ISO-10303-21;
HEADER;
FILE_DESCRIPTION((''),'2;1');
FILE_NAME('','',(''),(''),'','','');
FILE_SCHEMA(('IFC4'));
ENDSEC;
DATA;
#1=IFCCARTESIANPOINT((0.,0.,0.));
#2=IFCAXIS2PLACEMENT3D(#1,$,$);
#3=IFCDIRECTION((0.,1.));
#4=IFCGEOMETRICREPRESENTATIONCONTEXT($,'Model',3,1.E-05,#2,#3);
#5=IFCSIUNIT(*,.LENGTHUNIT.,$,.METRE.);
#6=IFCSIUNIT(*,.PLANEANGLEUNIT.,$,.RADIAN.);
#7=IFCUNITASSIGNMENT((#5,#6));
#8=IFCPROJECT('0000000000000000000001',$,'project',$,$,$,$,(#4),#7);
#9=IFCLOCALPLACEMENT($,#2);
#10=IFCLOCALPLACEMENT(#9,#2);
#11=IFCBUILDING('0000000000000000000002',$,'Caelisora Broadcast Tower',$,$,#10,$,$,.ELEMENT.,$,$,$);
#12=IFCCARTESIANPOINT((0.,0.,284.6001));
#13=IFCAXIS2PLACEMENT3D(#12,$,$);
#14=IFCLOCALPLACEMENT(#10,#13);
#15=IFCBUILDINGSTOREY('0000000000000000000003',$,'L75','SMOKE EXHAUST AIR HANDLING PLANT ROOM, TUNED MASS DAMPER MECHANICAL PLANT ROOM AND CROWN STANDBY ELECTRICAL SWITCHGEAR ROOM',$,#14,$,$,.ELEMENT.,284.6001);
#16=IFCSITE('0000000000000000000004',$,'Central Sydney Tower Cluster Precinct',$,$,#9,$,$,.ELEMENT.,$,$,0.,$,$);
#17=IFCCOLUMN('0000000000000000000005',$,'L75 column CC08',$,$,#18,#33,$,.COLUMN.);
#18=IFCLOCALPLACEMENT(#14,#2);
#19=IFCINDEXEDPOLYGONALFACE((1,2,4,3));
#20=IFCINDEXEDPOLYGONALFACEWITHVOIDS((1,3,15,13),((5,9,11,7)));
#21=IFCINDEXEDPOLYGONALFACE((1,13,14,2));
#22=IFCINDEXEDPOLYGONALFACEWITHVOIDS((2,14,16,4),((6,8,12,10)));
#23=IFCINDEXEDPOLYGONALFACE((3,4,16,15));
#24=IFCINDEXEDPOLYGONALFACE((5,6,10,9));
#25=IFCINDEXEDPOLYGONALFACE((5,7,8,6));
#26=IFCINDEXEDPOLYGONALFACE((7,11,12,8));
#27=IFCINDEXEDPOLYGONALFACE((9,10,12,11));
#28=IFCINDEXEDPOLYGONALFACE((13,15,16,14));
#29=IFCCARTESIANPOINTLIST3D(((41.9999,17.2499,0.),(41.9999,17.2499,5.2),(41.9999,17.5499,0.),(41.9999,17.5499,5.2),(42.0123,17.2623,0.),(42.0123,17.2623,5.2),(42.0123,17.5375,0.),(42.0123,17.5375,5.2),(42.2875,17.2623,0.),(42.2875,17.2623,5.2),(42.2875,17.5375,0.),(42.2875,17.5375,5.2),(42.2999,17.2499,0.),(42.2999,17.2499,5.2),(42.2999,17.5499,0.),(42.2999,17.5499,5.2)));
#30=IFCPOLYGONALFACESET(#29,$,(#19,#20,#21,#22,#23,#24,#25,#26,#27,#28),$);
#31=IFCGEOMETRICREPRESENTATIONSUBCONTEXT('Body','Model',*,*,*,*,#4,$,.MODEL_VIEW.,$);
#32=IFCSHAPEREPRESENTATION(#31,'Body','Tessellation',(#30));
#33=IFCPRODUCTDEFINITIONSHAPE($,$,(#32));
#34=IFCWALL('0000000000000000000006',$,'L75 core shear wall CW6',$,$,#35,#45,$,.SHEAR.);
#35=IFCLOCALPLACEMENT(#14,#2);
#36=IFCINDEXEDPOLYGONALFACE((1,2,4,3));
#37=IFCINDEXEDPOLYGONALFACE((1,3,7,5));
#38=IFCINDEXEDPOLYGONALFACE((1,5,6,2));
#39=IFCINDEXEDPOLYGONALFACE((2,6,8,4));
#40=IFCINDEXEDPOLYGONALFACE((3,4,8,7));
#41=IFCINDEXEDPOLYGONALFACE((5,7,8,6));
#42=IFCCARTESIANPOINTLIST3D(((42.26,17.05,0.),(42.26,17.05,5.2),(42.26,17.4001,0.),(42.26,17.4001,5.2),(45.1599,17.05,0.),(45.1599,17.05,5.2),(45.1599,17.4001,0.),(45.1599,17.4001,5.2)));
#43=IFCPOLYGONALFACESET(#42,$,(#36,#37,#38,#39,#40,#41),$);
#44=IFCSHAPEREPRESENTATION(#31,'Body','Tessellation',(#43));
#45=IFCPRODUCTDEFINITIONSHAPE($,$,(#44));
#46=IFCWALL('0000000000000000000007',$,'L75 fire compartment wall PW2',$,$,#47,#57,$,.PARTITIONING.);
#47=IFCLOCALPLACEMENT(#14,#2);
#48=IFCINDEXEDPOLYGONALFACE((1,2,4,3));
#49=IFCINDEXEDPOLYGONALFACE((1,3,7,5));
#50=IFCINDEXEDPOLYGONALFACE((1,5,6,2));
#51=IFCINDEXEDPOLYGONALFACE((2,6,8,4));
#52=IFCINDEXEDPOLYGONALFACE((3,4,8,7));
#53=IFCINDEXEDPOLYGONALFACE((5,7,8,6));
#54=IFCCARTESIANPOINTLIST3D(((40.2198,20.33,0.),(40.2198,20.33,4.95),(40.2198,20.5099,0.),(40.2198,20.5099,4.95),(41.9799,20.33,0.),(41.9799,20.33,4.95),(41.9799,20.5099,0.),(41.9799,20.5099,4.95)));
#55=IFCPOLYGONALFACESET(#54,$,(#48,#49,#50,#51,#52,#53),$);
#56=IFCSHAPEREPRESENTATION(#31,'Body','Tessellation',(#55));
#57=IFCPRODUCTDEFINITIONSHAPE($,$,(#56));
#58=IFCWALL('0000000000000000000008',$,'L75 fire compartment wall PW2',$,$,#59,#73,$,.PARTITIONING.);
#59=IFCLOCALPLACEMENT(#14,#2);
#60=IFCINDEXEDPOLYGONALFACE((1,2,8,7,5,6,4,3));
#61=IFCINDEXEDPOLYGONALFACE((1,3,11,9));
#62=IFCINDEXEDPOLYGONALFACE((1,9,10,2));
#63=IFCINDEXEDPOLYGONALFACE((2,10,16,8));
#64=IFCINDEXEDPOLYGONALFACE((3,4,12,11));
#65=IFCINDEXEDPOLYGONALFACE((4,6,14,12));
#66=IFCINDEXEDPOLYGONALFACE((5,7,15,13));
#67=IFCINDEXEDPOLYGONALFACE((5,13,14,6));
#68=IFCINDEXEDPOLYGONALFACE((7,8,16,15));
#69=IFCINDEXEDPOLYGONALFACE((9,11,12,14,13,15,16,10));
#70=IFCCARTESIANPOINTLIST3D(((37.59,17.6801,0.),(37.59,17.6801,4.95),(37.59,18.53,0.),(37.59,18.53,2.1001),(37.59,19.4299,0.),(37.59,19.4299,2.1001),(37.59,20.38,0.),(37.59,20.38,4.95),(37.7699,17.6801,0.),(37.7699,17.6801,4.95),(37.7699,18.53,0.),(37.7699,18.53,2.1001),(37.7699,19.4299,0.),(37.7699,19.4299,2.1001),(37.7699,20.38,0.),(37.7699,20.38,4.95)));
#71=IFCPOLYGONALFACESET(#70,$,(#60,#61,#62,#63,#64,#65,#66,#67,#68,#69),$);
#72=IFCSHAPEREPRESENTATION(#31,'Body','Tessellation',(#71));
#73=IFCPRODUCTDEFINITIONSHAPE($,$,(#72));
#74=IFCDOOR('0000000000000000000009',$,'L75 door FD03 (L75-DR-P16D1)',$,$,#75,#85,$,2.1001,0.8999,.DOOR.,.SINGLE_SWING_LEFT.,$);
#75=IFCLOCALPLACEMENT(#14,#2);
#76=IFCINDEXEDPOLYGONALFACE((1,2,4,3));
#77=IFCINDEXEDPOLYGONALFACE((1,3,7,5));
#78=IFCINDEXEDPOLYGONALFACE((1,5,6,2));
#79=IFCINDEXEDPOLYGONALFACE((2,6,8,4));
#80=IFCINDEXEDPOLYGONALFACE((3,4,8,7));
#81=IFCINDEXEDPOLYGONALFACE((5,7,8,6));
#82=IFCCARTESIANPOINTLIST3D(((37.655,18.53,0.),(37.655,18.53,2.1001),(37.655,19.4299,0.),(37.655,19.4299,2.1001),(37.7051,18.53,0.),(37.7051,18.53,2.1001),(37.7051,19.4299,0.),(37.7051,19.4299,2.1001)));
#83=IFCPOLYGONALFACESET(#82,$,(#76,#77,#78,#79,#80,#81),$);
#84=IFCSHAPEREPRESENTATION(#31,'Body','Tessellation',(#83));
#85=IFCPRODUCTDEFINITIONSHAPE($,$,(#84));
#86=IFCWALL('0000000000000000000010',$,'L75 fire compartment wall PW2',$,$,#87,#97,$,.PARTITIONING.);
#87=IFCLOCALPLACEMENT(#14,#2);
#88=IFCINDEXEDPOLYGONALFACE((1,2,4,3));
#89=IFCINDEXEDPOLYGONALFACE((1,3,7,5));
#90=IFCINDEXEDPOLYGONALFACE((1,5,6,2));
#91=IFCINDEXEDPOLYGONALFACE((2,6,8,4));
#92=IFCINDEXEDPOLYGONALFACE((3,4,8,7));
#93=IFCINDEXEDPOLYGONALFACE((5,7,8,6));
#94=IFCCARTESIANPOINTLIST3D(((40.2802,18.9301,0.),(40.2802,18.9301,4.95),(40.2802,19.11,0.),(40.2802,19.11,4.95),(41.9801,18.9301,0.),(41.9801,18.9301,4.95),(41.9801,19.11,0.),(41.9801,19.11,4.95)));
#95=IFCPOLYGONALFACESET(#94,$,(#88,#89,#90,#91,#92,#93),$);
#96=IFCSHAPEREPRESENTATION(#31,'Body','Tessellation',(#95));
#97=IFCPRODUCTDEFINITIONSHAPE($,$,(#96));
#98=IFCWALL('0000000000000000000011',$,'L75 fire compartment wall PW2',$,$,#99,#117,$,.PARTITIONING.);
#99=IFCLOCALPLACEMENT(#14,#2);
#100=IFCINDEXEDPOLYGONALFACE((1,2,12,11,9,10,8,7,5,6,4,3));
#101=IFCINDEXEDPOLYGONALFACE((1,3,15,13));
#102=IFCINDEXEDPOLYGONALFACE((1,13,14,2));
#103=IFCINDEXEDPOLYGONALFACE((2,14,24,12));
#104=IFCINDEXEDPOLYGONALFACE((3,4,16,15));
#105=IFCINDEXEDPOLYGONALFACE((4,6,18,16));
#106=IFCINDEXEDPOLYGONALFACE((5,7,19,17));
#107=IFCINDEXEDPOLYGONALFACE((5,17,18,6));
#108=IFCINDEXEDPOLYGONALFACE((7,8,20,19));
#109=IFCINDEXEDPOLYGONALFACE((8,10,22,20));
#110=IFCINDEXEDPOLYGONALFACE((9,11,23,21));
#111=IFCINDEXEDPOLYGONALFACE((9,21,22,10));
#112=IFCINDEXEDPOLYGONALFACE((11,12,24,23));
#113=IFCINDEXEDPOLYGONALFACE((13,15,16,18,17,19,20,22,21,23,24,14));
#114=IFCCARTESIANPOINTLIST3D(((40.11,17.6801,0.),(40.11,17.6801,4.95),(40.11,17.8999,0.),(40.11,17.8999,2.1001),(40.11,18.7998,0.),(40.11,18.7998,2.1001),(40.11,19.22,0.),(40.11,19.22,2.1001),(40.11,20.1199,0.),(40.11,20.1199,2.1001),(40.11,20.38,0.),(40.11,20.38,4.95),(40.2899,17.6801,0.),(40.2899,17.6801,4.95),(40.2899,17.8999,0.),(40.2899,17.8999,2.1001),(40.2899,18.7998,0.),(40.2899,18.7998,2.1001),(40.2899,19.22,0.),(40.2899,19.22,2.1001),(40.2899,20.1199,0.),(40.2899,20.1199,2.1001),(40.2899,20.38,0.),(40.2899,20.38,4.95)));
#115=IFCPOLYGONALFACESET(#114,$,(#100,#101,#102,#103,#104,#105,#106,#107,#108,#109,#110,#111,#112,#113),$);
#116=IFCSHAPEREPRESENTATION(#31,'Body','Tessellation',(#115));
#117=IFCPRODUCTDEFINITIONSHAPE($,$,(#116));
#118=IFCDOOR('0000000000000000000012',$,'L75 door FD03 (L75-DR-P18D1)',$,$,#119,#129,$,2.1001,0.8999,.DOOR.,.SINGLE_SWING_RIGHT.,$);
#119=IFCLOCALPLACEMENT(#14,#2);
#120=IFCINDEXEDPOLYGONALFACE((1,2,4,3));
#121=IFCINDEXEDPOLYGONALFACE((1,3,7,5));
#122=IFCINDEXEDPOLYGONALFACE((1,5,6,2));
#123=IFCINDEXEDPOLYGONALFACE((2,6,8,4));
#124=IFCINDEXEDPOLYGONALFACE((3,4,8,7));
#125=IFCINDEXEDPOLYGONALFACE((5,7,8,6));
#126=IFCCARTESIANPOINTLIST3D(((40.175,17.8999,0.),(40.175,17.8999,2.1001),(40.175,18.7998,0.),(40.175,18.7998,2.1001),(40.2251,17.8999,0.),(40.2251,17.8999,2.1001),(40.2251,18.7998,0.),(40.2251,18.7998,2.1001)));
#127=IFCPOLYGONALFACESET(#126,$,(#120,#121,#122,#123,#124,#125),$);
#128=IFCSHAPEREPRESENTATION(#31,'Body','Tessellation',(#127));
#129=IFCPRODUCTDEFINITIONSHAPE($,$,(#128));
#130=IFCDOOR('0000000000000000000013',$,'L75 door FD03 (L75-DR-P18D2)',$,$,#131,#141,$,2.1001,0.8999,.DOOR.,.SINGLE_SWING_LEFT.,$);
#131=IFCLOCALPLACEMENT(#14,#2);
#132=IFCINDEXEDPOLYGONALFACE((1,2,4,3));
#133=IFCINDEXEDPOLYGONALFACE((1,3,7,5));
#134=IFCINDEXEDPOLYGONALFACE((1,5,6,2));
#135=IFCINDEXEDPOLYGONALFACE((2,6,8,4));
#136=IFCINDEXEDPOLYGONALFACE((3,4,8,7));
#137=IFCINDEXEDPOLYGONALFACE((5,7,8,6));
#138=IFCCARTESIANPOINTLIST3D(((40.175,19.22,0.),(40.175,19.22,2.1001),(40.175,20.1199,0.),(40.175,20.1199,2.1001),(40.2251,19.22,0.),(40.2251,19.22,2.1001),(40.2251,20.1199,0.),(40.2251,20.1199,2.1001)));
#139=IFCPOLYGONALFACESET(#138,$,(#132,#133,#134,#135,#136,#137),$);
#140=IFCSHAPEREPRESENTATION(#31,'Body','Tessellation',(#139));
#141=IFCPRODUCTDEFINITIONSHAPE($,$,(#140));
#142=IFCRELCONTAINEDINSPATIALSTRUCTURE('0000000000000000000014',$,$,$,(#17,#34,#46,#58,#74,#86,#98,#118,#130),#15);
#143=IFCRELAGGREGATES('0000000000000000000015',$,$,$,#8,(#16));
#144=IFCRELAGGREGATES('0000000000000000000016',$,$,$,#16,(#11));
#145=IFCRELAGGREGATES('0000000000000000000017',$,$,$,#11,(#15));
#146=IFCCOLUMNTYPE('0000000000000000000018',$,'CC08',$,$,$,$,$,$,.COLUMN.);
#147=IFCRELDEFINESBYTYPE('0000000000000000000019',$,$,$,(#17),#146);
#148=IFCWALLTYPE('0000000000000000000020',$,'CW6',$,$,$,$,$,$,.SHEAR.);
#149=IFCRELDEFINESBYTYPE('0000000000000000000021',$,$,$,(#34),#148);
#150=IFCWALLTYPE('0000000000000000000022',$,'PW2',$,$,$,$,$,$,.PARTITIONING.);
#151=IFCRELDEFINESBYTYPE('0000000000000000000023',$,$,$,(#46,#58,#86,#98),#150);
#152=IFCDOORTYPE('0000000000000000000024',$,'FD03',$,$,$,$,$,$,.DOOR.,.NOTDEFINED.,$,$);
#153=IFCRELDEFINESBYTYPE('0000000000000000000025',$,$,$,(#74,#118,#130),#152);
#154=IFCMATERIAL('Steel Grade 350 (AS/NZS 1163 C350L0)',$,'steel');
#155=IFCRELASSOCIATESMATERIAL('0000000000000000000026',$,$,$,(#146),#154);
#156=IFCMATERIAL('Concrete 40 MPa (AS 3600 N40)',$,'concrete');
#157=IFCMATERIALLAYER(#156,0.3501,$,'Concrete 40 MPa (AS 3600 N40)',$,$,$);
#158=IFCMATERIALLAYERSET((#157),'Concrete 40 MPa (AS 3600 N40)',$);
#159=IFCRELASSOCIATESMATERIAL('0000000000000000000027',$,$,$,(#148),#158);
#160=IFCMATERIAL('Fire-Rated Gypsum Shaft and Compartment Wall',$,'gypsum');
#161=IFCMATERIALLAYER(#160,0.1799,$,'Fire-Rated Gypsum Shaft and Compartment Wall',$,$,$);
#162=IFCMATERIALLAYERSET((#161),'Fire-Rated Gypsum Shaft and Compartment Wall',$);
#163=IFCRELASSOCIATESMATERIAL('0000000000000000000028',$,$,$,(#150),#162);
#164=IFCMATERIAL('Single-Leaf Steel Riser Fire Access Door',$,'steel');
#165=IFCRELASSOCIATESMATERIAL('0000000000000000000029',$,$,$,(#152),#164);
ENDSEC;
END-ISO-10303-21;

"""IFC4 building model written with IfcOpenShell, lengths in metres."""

from ifc_helpers import new_model, si_unit, direction, frame, frame_2d, origin, origin_2d, place, context, subcontext, project, spatial, rectangle, hollow_rectangle, extrude, source, transform, mapped, material, layer, layer_set, material_profile, profile_set, type_object, type_shapes, element, fill, save


model = new_model("IFC4")

# Units and contexts
model_context = context("Model", 3, precision=1e-05, world=origin(), true_north=direction((0.0, 1.0)))
body_context = subcontext(model_context, "Body", "Model", "MODEL_VIEW")
ifc_project = project(units=[si_unit("LENGTHUNIT", "METRE"), si_unit("PLANEANGLEUNIT", "RADIAN")], contexts=[model_context])

# Site, building, storey
site_placement = place(None, origin())
site = spatial("IfcSite", under=ifc_project, at=site_placement, Name="Central Sydney Tower Cluster Precinct", CompositionType="ELEMENT", RefElevation=0.0)
building_placement = place(site_placement, origin())
building = spatial("IfcBuilding", under=site, at=building_placement, Name="Caelisora Broadcast Tower", CompositionType="ELEMENT")
storey_placement = place(building_placement, frame((0.0, 0.0, 284.6001)))
storey = spatial("IfcBuildingStorey", under=building, at=storey_placement, Name="L75", Description="SMOKE EXHAUST AIR HANDLING PLANT ROOM, TUNED MASS DAMPER MECHANICAL PLANT ROOM AND CROWN STANDBY ELECTRICAL SWITCHGEAR ROOM", CompositionType="ELEMENT", Elevation=284.6001)

# Column
ifc_material_1 = material(Name="Steel Grade 350 (AS/NZS 1163 C350L0)", Category="steel")
ifc_material_profile = material_profile(ifc_material_1, hollow_rectangle(XDim=0.3, YDim=0.3, WallThickness=0.0125, at=origin_2d()), Name="Steel Grade 350 (AS/NZS 1163 C350L0)")
ifc_profile_set = profile_set([ifc_material_profile], Name="Steel Grade 350 (AS/NZS 1163 C350L0)")
column_type = type_object("IfcColumnType", Name="CC08", PredefinedType="COLUMN", material=ifc_profile_set)
shared_shape = source(origin(), body_context, "Body", "SweptSolid", [
    extrude(hollow_rectangle(XDim=0.3, YDim=0.3, WallThickness=0.0125, at=origin_2d()), origin(), (0.0, 0.0, 1.0), 5.2),
])
type_shapes(column_type, [shared_shape])
column_placement = place(storey_placement, frame((42.1499, 17.3999, 0.0), z_axis=(0.0, 0.0, 1.0), x_axis=(1.0, 0.0, 0.0)))
element("IfcColumn", 1, at=column_placement, inside=storey, type_object=column_type, Name="L75 column CC08", PredefinedType="COLUMN", context=body_context, shape_type="MappedRepresentation", body=[
    mapped(shared_shape, transform((0.0, 0.0, 0.0), scale=1.0)),
])

# Walls
ifc_material_2 = material(Name="Concrete 40 MPa (AS 3600 N40)", Category="concrete")
ifc_layer_1 = layer(ifc_material_2, 0.3501, Name="Concrete 40 MPa (AS 3600 N40)")
ifc_layer_set_1 = layer_set([ifc_layer_1], Name="Concrete 40 MPa (AS 3600 N40)")
wall_type_1 = type_object("IfcWallType", Name="CW6", PredefinedType="SHEAR", material=ifc_layer_set_1)
wall_1_placement = place(storey_placement, frame((42.26, 17.2251, 0.0), z_axis=(0.0, 0.0, 1.0), x_axis=(1.0, 0.0, 0.0)))
element("IfcWall", 2, at=wall_1_placement, inside=storey, type_object=wall_type_1, Name="L75 core shear wall CW6", PredefinedType="SHEAR", context=body_context, shape_type="SweptSolid", body=[
    extrude(rectangle(XDim=2.8999, YDim=0.3501, at=frame_2d((1.45, 0.0))), origin(), (0.0, 0.0, 1.0), 5.2),
])
ifc_material_3 = material(Name="Fire-Rated Gypsum Shaft and Compartment Wall", Category="gypsum")
ifc_layer_2 = layer(ifc_material_3, 0.1799, Name="Fire-Rated Gypsum Shaft and Compartment Wall")
ifc_layer_set_2 = layer_set([ifc_layer_2], Name="Fire-Rated Gypsum Shaft and Compartment Wall")
wall_type_2 = type_object("IfcWallType", Name="PW2", PredefinedType="PARTITIONING", material=ifc_layer_set_2)
wall_2_placement = place(storey_placement, frame((40.22, 20.4199, 0.0), z_axis=(0.0, 0.0, 1.0), x_axis=(1.0, 0.0, 0.0)))
element("IfcWall", 3, at=wall_2_placement, inside=storey, type_object=wall_type_2, Name="L75 fire compartment wall PW2", PredefinedType="PARTITIONING", context=body_context, shape_type="SweptSolid", body=[
    extrude(rectangle(XDim=1.76, YDim=0.1799, at=frame_2d((0.8799, 0.0))), origin(), (0.0, 0.0, 1.0), 4.95),
])

# Wall, opening, door
wall_3_placement = place(storey_placement, frame((37.6799, 17.6799, 0.0), z_axis=(0.0, 0.0, 1.0), x_axis=(0.0, 1.0, 0.0)))
wall_3 = element("IfcWall", 4, at=wall_3_placement, inside=storey, type_object=wall_type_2, Name="L75 fire compartment wall PW2", PredefinedType="PARTITIONING", context=body_context, shape_type="SweptSolid", body=[
    extrude(rectangle(XDim=2.7, YDim=0.1799, at=frame_2d((1.3501, 0.0))), origin(), (0.0, 0.0, 1.0), 4.95),
])
opening_1_placement = place(wall_3_placement, frame((0.8501, 0.0, 0.0)))
opening_1 = element("IfcOpeningElement", 5, at=opening_1_placement, cuts=wall_3, PredefinedType="OPENING", context=body_context, shape_type="SweptSolid", body=[
    extrude(rectangle(XDim=0.8999, YDim=2.1001, at=frame_2d((0.45, 1.05))), frame((0.0, 0.1021, 0.0), z_axis=(0.0, -1.0, 0.0), x_axis=(1.0, 0.0, 0.0)), (0.0, 0.0, 1.0), 0.2039),
])
ifc_material_4 = material(Name="Single-Leaf Steel Riser Fire Access Door", Category="steel")
door_type = type_object("IfcDoorType", Name="FD03", OperationType="NOTDEFINED", PredefinedType="DOOR", material=ifc_material_4)
door_1_placement = place(opening_1_placement, origin())
door_1 = element("IfcDoor", 6, at=door_1_placement, inside=storey, type_object=door_type, Name="L75 door FD03 (L75-DR-P16D1)", OperationType="SINGLE_SWING_LEFT", OverallHeight=2.1001, OverallWidth=0.8999, PredefinedType="DOOR", context=body_context, shape_type="SweptSolid", body=[
    extrude(rectangle(XDim=0.8999, YDim=2.1001, at=frame_2d((0.45, 1.05))), frame((0.0, 0.0249, 0.0), z_axis=(0.0, -1.0, 0.0), x_axis=(1.0, 0.0, 0.0)), (0.0, 0.0, 1.0), 0.05),
])
fill(opening_1, door_1)

# Wall
wall_4_placement = place(storey_placement, frame((40.28, 19.02, 0.0), z_axis=(0.0, 0.0, 1.0), x_axis=(1.0, 0.0, 0.0)))
element("IfcWall", 7, at=wall_4_placement, inside=storey, type_object=wall_type_2, Name="L75 fire compartment wall PW2", PredefinedType="PARTITIONING", context=body_context, shape_type="SweptSolid", body=[
    extrude(rectangle(XDim=1.7, YDim=0.1799, at=frame_2d((0.8501, 0.0))), origin(), (0.0, 0.0, 1.0), 4.95),
])

# Wall, openings, doors
wall_5_placement = place(storey_placement, frame((40.2, 17.6799, 0.0), z_axis=(0.0, 0.0, 1.0), x_axis=(0.0, 1.0, 0.0)))
wall_5 = element("IfcWall", 8, at=wall_5_placement, inside=storey, type_object=wall_type_2, Name="L75 fire compartment wall PW2", PredefinedType="PARTITIONING", context=body_context, shape_type="SweptSolid", body=[
    extrude(rectangle(XDim=2.7, YDim=0.1799, at=frame_2d((1.3501, 0.0))), origin(), (0.0, 0.0, 1.0), 4.95),
])
opening_2_placement = place(wall_5_placement, frame((0.22, 0.0, 0.0)))
opening_2 = element("IfcOpeningElement", 9, at=opening_2_placement, cuts=wall_5, PredefinedType="OPENING", context=body_context, shape_type="SweptSolid", body=[
    extrude(rectangle(XDim=0.8999, YDim=2.1001, at=frame_2d((0.45, 1.05))), frame((0.0, 0.1021, 0.0), z_axis=(0.0, -1.0, 0.0), x_axis=(1.0, 0.0, 0.0)), (0.0, 0.0, 1.0), 0.2039),
])
opening_3_placement = place(wall_5_placement, frame((1.54, 0.0, 0.0)))
opening_3 = element("IfcOpeningElement", 10, at=opening_3_placement, cuts=wall_5, PredefinedType="OPENING", context=body_context, shape_type="SweptSolid", body=[
    extrude(rectangle(XDim=0.8999, YDim=2.1001, at=frame_2d((0.45, 1.05))), frame((0.0, 0.1021, 0.0), z_axis=(0.0, -1.0, 0.0), x_axis=(1.0, 0.0, 0.0)), (0.0, 0.0, 1.0), 0.2039),
])
door_2_placement = place(opening_2_placement, origin())
door_2 = element("IfcDoor", 11, at=door_2_placement, inside=storey, type_object=door_type, Name="L75 door FD03 (L75-DR-P18D1)", OperationType="SINGLE_SWING_RIGHT", OverallHeight=2.1001, OverallWidth=0.8999, PredefinedType="DOOR", context=body_context, shape_type="SweptSolid", body=[
    extrude(rectangle(XDim=0.8999, YDim=2.1001, at=frame_2d((0.45, 1.05))), frame((0.0, 0.0249, 0.0), z_axis=(0.0, -1.0, 0.0), x_axis=(1.0, 0.0, 0.0)), (0.0, 0.0, 1.0), 0.05),
])
fill(opening_2, door_2)
door_3_placement = place(opening_3_placement, origin())
door_3 = element("IfcDoor", 12, at=door_3_placement, inside=storey, type_object=door_type, Name="L75 door FD03 (L75-DR-P18D2)", OperationType="SINGLE_SWING_LEFT", OverallHeight=2.1001, OverallWidth=0.8999, PredefinedType="DOOR", context=body_context, shape_type="SweptSolid", body=[
    extrude(rectangle(XDim=0.8999, YDim=2.1001, at=frame_2d((0.45, 1.05))), frame((0.0, 0.0249, 0.0), z_axis=(0.0, -1.0, 0.0), x_axis=(1.0, 0.0, 0.0)), (0.0, 0.0, 1.0), 0.05),
])
fill(opening_3, door_3)

save(model, "model.ifc")
